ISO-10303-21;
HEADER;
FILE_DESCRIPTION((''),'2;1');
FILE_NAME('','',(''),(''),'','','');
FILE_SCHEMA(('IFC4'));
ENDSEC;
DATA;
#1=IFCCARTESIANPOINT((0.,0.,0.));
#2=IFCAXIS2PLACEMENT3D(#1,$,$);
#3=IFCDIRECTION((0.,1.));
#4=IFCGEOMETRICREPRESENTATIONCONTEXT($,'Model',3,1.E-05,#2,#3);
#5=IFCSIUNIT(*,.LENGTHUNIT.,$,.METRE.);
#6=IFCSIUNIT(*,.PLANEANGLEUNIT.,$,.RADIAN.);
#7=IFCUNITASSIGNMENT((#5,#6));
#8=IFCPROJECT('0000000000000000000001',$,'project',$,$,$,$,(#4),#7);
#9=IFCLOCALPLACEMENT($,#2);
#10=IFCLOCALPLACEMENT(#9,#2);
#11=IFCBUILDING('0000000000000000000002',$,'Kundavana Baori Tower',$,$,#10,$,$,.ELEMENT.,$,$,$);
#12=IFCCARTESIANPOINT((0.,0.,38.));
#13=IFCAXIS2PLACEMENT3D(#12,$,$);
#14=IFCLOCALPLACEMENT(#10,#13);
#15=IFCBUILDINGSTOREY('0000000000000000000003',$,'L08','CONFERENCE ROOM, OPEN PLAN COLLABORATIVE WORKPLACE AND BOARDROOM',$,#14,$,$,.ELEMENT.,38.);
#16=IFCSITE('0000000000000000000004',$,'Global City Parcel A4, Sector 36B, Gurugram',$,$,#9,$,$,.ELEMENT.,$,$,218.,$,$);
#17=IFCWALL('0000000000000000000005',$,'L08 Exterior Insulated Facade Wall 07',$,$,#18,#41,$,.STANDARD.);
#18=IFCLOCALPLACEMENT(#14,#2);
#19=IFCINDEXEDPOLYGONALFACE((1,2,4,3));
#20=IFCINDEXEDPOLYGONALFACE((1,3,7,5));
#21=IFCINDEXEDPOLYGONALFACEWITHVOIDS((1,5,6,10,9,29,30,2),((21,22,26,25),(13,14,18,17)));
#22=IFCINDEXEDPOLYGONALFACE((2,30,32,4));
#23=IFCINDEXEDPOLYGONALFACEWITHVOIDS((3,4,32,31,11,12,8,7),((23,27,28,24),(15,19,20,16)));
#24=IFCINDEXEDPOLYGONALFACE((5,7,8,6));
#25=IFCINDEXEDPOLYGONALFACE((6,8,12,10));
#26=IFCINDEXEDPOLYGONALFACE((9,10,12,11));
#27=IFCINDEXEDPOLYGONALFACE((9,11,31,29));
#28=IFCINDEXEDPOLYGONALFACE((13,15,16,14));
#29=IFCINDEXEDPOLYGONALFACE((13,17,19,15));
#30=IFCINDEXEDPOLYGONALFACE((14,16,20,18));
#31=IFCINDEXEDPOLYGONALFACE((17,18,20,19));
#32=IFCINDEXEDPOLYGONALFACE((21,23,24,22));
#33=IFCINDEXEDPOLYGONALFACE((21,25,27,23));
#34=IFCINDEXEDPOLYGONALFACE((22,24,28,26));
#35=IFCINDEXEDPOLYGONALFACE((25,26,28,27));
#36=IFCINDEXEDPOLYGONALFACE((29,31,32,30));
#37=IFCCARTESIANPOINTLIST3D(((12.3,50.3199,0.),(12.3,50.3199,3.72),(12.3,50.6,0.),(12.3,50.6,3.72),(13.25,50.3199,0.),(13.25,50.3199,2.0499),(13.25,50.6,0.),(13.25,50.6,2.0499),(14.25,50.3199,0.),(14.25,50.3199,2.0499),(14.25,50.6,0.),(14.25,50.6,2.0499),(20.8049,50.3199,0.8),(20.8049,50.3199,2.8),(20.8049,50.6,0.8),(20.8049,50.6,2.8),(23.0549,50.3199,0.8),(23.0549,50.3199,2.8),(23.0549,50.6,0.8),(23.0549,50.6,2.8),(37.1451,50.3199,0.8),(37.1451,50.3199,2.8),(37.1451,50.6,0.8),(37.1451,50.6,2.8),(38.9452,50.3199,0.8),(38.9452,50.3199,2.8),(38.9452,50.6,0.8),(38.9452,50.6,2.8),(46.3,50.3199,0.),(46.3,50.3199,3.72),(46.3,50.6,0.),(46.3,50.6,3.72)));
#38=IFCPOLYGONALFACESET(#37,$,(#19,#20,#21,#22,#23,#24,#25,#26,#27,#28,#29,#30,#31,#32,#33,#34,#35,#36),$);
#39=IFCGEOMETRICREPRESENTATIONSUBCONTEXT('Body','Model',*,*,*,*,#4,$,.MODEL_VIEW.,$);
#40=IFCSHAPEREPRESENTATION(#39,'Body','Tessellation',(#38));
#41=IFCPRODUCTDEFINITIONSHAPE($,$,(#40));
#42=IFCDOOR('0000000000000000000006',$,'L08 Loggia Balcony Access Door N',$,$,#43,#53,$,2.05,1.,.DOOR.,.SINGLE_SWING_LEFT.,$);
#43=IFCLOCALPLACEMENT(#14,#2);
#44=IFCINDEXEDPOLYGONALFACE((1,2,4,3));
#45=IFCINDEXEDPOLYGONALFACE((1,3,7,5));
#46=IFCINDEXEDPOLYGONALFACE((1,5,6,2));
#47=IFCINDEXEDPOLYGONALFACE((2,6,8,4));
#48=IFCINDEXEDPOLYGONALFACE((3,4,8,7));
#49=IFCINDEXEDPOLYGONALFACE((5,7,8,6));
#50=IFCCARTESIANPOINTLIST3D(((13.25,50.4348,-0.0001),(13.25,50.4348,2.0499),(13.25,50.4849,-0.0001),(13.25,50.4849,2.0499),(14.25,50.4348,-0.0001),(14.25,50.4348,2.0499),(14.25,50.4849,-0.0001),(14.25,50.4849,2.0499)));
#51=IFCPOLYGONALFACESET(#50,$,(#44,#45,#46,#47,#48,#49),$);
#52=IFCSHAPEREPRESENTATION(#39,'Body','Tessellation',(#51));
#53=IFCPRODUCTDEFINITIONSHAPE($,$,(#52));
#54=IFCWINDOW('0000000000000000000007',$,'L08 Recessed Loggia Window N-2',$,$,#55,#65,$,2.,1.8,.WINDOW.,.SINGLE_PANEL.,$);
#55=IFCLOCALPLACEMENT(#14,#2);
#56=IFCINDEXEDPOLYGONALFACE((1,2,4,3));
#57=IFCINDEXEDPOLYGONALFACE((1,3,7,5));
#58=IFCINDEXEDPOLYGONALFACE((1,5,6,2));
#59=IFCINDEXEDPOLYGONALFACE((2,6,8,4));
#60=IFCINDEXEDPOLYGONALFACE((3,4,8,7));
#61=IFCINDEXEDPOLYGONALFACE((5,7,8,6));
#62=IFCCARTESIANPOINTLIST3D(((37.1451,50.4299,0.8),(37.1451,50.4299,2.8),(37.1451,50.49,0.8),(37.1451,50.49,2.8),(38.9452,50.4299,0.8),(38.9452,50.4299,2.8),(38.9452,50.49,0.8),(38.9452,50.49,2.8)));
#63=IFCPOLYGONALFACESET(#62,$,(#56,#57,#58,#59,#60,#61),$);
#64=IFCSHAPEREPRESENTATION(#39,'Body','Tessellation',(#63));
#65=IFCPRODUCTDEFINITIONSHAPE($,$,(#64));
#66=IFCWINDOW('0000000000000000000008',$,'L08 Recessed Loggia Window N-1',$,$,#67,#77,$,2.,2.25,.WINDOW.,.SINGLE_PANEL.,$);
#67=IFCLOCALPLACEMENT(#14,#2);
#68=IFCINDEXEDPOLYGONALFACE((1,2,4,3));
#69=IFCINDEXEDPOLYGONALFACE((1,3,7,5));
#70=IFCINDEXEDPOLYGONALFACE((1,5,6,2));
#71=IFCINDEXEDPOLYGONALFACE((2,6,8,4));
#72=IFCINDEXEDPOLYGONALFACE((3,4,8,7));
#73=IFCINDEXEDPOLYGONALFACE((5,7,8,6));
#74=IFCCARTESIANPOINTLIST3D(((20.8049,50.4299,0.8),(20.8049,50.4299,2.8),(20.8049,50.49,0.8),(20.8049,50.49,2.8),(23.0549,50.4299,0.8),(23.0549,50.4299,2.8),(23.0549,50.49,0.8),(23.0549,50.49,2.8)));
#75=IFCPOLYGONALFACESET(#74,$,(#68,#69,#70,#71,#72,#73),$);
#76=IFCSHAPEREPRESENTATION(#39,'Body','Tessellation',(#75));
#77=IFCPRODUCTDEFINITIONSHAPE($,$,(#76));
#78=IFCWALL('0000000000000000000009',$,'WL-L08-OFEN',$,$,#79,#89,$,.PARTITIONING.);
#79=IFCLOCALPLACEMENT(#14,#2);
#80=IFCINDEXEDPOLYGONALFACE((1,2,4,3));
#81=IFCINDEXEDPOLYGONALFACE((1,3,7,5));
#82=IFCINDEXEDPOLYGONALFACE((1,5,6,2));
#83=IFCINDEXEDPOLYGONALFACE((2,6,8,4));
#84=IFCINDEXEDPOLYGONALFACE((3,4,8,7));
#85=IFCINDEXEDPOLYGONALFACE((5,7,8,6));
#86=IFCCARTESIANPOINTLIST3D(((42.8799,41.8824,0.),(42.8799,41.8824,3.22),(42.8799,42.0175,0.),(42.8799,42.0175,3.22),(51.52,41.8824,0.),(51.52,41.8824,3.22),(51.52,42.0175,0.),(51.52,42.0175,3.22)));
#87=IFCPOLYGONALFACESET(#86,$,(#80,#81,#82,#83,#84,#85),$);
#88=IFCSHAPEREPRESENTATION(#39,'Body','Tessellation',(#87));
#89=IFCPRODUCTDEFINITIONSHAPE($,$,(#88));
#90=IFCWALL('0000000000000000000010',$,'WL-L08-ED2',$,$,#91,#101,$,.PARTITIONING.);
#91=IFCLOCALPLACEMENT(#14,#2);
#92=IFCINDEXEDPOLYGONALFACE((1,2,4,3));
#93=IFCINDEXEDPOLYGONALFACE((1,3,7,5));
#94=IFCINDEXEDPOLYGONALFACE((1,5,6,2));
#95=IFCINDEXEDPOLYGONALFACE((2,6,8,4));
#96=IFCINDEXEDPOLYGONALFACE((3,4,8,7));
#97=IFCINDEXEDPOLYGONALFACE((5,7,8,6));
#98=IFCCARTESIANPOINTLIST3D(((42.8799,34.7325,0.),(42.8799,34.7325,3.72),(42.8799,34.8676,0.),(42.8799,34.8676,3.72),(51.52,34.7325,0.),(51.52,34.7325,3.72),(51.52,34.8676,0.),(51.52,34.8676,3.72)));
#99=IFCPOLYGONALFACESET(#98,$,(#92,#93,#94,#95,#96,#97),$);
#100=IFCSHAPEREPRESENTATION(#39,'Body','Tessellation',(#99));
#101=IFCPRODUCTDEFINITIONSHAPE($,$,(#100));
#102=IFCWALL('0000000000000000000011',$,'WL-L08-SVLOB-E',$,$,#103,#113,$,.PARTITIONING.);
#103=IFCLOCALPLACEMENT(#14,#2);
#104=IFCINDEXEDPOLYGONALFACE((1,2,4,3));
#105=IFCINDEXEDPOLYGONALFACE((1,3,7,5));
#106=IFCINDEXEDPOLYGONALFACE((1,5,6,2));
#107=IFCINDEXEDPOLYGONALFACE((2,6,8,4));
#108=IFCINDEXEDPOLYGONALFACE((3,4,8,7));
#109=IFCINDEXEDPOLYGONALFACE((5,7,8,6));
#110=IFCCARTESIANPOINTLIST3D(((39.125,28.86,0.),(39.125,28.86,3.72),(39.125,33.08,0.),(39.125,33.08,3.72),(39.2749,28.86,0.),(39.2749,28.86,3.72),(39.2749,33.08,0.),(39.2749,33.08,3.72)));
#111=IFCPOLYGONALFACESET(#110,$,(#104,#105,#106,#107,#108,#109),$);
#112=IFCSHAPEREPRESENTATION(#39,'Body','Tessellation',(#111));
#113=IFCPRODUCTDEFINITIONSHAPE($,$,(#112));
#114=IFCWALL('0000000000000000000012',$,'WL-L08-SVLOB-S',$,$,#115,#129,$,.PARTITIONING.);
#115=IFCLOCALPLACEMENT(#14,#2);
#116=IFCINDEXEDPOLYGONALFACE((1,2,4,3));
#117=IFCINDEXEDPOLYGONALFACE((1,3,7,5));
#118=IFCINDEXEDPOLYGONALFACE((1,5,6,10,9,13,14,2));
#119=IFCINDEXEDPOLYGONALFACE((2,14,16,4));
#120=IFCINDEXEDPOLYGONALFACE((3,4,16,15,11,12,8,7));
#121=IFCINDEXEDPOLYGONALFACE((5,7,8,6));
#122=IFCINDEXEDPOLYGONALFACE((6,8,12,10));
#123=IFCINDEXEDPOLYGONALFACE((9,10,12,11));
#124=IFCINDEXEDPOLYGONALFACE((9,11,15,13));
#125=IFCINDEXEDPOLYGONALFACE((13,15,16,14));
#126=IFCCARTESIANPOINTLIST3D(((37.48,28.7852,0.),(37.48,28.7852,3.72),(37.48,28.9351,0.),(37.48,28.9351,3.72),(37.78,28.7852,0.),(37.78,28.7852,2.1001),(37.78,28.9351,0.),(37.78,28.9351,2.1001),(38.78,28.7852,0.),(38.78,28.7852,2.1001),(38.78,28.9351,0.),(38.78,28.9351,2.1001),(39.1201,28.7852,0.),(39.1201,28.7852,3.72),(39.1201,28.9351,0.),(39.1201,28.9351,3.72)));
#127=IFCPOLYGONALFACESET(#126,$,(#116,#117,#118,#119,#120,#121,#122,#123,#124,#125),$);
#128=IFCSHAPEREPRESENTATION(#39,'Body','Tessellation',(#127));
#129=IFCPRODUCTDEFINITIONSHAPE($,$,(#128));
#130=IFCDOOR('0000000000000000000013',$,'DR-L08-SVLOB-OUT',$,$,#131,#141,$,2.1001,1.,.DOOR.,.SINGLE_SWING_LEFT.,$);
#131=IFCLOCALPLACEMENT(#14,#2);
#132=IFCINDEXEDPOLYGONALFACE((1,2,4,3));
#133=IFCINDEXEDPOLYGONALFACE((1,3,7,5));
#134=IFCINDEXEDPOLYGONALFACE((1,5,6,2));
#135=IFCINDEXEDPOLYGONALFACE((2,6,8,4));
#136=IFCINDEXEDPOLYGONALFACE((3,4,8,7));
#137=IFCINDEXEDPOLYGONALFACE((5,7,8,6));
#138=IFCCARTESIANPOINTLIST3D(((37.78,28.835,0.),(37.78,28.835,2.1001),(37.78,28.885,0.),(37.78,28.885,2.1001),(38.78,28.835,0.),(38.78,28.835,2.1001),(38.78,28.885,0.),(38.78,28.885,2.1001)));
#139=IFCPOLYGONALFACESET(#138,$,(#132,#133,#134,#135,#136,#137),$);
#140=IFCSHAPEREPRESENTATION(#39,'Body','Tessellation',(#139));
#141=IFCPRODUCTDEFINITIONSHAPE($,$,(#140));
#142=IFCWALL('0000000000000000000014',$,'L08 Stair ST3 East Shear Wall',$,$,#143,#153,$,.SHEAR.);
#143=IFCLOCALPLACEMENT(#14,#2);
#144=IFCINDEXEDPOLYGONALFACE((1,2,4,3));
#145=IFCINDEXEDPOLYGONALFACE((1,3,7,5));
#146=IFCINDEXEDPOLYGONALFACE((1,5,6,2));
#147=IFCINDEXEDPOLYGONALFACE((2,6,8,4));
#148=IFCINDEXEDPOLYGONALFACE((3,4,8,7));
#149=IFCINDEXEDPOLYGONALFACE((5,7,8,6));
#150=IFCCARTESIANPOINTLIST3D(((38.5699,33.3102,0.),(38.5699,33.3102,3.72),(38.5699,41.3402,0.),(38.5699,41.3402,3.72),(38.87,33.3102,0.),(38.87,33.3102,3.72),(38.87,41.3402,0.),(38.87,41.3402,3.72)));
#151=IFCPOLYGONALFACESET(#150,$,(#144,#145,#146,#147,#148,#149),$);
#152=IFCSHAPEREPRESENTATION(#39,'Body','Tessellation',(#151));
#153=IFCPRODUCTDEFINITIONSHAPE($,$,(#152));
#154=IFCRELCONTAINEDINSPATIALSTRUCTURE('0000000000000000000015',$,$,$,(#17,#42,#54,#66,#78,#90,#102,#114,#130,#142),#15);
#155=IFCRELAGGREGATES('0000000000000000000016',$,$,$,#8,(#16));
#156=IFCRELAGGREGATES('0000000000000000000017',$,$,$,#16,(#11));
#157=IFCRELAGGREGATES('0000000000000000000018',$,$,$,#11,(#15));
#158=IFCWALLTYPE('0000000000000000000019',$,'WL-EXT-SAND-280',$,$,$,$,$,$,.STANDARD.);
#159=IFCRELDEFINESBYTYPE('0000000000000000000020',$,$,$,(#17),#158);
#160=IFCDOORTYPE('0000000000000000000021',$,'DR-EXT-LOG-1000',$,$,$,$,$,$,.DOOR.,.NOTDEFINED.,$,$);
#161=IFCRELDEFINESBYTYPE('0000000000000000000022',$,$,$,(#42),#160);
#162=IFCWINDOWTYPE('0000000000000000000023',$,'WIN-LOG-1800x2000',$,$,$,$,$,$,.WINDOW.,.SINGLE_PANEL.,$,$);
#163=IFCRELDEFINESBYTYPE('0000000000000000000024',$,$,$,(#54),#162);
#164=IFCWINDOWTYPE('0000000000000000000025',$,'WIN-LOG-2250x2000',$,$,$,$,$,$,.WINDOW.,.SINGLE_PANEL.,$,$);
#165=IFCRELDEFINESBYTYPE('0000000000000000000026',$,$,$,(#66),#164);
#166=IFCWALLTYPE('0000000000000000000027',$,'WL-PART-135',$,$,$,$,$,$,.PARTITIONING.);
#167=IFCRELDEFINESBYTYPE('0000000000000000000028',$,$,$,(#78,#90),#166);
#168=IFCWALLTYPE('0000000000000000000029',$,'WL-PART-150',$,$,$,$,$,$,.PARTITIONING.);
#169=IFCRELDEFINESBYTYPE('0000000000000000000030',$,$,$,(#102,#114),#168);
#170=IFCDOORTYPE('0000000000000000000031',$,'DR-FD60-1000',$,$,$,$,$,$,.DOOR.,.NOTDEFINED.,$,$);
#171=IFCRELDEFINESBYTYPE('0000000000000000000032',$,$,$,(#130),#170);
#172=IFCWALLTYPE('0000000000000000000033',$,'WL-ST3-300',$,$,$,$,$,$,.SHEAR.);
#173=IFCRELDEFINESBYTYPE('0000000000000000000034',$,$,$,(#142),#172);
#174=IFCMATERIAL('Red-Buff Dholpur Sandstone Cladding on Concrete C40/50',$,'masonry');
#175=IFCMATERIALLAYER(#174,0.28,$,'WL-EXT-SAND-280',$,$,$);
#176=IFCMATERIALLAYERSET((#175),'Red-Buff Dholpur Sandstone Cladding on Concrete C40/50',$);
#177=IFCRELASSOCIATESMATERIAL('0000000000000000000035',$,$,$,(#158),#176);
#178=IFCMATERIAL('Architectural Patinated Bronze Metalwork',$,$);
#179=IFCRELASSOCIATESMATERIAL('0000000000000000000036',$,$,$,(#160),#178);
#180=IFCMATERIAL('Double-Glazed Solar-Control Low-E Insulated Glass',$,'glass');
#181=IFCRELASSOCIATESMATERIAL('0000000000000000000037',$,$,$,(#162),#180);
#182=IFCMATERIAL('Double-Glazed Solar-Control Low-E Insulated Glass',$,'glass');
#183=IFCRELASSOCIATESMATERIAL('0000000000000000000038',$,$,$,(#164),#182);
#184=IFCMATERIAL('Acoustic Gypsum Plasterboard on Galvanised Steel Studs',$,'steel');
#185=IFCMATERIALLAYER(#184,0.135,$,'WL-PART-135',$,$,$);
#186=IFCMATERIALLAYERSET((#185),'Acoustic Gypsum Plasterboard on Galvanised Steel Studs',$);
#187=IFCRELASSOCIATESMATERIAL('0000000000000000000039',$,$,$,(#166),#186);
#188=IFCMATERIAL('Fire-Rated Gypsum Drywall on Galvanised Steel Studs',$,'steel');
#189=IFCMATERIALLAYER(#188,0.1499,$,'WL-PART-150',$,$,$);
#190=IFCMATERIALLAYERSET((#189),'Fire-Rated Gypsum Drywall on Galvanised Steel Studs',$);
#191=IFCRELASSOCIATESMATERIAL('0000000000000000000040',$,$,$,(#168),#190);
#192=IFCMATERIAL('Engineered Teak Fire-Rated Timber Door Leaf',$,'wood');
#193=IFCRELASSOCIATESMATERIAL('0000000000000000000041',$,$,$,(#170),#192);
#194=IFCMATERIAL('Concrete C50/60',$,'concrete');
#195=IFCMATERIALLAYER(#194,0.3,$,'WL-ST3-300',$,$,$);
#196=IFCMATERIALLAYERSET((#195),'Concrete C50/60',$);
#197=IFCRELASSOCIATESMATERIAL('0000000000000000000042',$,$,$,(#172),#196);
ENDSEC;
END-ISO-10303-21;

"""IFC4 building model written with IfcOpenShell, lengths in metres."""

from ifc_helpers import new_model, si_unit, direction, frame, frame_2d, origin, place, context, subcontext, project, spatial, rectangle, extrude, material, layer, layer_set, type_object, element, fill, save


model = new_model("IFC4")

# Units and contexts
model_context = context("Model", 3, precision=1e-05, world=origin(), true_north=direction((0.0, 1.0)))
body_context = subcontext(model_context, "Body", "Model", "MODEL_VIEW")
ifc_project = project(units=[si_unit("LENGTHUNIT", "METRE"), si_unit("PLANEANGLEUNIT", "RADIAN")], contexts=[model_context])

# Site, building, storey
site_placement = place(None, origin())
site = spatial("IfcSite", under=ifc_project, at=site_placement, Name="Global City Parcel A4, Sector 36B, Gurugram", CompositionType="ELEMENT", RefElevation=218.0)
building_placement = place(site_placement, origin())
building = spatial("IfcBuilding", under=site, at=building_placement, Name="Kundavana Baori Tower", CompositionType="ELEMENT")
storey_placement = place(building_placement, frame((0.0, 0.0, 38.0)))
storey = spatial("IfcBuildingStorey", under=building, at=storey_placement, Name="L08", Description="CONFERENCE ROOM, OPEN PLAN COLLABORATIVE WORKPLACE AND BOARDROOM", CompositionType="ELEMENT", Elevation=38.0)

# Shared definitions
ifc_material_1 = material(Name="Red-Buff Dholpur Sandstone Cladding on Concrete C40/50", Category="masonry")
ifc_layer_1 = layer(ifc_material_1, 0.28, Name="WL-EXT-SAND-280")
ifc_layer_set_1 = layer_set([ifc_layer_1], Name="Red-Buff Dholpur Sandstone Cladding on Concrete C40/50")
wall_type_1 = type_object("IfcWallType", Name="WL-EXT-SAND-280", PredefinedType="STANDARD", material=ifc_layer_set_1)

# Wall, openings, door, windows
wall_1_placement = place(storey_placement, frame((46.3, 50.46, 0.0), z_axis=(0.0, 0.0, 1.0), x_axis=(-1.0, 0.0, 0.0)))
wall_1 = element("IfcWall", 1, at=wall_1_placement, inside=storey, type_object=wall_type_1, Name="L08 Exterior Insulated Facade Wall 07", PredefinedType="STANDARD", context=body_context, shape_type="SweptSolid", body=[
    extrude(rectangle(XDim=34.0, YDim=0.28, at=frame_2d((17.0, 0.0))), origin(), (0.0, 0.0, 1.0), 3.72),
])
opening_1_placement = place(wall_1_placement, frame((32.05, 0.0, 0.0)))
opening_1 = element("IfcOpeningElement", 2, at=opening_1_placement, cuts=wall_1, PredefinedType="OPENING", context=body_context, shape_type="SweptSolid", body=[
    extrude(rectangle(XDim=1.0, YDim=2.05, at=frame_2d((0.5, 1.0249))), frame((0.0, 0.1499, 0.0), z_axis=(0.0, -1.0, 0.0), x_axis=(1.0, 0.0, 0.0)), (0.0, 0.0, 1.0), 0.3),
])
opening_2_placement = place(wall_1_placement, frame((23.2451, 0.0, 0.8)))
opening_2 = element("IfcOpeningElement", 3, at=opening_2_placement, cuts=wall_1, PredefinedType="OPENING", context=body_context, shape_type="SweptSolid", body=[
    extrude(rectangle(XDim=2.25, YDim=2.0, at=frame_2d((1.125, 1.0))), frame((0.0, 0.1499, 0.0), z_axis=(0.0, -1.0, 0.0), x_axis=(1.0, 0.0, 0.0)), (0.0, 0.0, 1.0), 0.3),
])
opening_3_placement = place(wall_1_placement, frame((7.355, 0.0, 0.8)))
opening_3 = element("IfcOpeningElement", 4, at=opening_3_placement, cuts=wall_1, PredefinedType="OPENING", context=body_context, shape_type="SweptSolid", body=[
    extrude(rectangle(XDim=1.8, YDim=2.0, at=frame_2d((0.8999, 1.0))), frame((0.0, 0.1499, 0.0), z_axis=(0.0, -1.0, 0.0), x_axis=(1.0, 0.0, 0.0)), (0.0, 0.0, 1.0), 0.3),
])
ifc_material_2 = material(Name="Architectural Patinated Bronze Metalwork")
door_type_1 = type_object("IfcDoorType", Name="DR-EXT-LOG-1000", OperationType="NOTDEFINED", PredefinedType="DOOR", material=ifc_material_2)
door_1_placement = place(opening_1_placement, frame((1.0, 0.0, 0.0), z_axis=(0.0, 0.0, 1.0), x_axis=(-1.0, 0.0, 0.0)))
door_1 = element("IfcDoor", 5, at=door_1_placement, inside=storey, type_object=door_type_1, Name="L08 Loggia Balcony Access Door N", OperationType="SINGLE_SWING_LEFT", OverallHeight=2.05, OverallWidth=1.0, PredefinedType="DOOR", context=body_context, shape_type="SweptSolid", body=[
    extrude(rectangle(XDim=1.0, YDim=2.05, at=frame_2d((0.5, 1.0249))), frame((0.0, 0.0249, 0.0), z_axis=(0.0, -1.0, 0.0), x_axis=(1.0, 0.0, 0.0)), (0.0, 0.0, 1.0), 0.05),
])
fill(opening_1, door_1)
ifc_material_3 = material(Name="Double-Glazed Solar-Control Low-E Insulated Glass", Category="glass")
window_type_1 = type_object("IfcWindowType", Name="WIN-LOG-1800x2000", PartitioningType="SINGLE_PANEL", PredefinedType="WINDOW", material=ifc_material_3)
window_1_placement = place(opening_3_placement, origin())
window_1 = element("IfcWindow", 6, at=window_1_placement, inside=storey, type_object=window_type_1, Name="L08 Recessed Loggia Window N-2", OverallHeight=2.0, OverallWidth=1.8, PartitioningType="SINGLE_PANEL", PredefinedType="WINDOW", context=body_context, shape_type="SweptSolid", body=[
    extrude(rectangle(XDim=1.8, YDim=2.0, at=frame_2d((0.8999, 1.0))), frame((0.0, 0.03, 0.0), z_axis=(0.0, -1.0, 0.0), x_axis=(1.0, 0.0, 0.0)), (0.0, 0.0, 1.0), 0.0601),
])
fill(opening_3, window_1)
ifc_material_4 = material(Name="Double-Glazed Solar-Control Low-E Insulated Glass", Category="glass")
window_type_2 = type_object("IfcWindowType", Name="WIN-LOG-2250x2000", PartitioningType="SINGLE_PANEL", PredefinedType="WINDOW", material=ifc_material_4)
window_2_placement = place(opening_2_placement, origin())
window_2 = element("IfcWindow", 7, at=window_2_placement, inside=storey, type_object=window_type_2, Name="L08 Recessed Loggia Window N-1", OverallHeight=2.0, OverallWidth=2.25, PartitioningType="SINGLE_PANEL", PredefinedType="WINDOW", context=body_context, shape_type="SweptSolid", body=[
    extrude(rectangle(XDim=2.25, YDim=2.0, at=frame_2d((1.125, 1.0))), frame((0.0, 0.03, 0.0), z_axis=(0.0, -1.0, 0.0), x_axis=(1.0, 0.0, 0.0)), (0.0, 0.0, 1.0), 0.0601),
])
fill(opening_2, window_2)

# Walls
ifc_material_5 = material(Name="Acoustic Gypsum Plasterboard on Galvanised Steel Studs", Category="steel")
ifc_layer_2 = layer(ifc_material_5, 0.135, Name="WL-PART-135")
ifc_layer_set_2 = layer_set([ifc_layer_2], Name="Acoustic Gypsum Plasterboard on Galvanised Steel Studs")
wall_type_2 = type_object("IfcWallType", Name="WL-PART-135", PredefinedType="PARTITIONING", material=ifc_layer_set_2)
wall_2_placement = place(storey_placement, frame((42.8799, 41.95, 0.0), z_axis=(0.0, 0.0, 1.0), x_axis=(1.0, 0.0, 0.0)))
element("IfcWall", 8, at=wall_2_placement, inside=storey, type_object=wall_type_2, Name="WL-L08-OFEN", PredefinedType="PARTITIONING", context=body_context, shape_type="SweptSolid", body=[
    extrude(rectangle(XDim=8.6401, YDim=0.135, at=frame_2d((4.3201, 0.0))), origin(), (0.0, 0.0, 1.0), 3.22),
])
wall_3_placement = place(storey_placement, frame((42.8799, 34.8, 0.0), z_axis=(0.0, 0.0, 1.0), x_axis=(1.0, 0.0, 0.0)))
element("IfcWall", 9, at=wall_3_placement, inside=storey, type_object=wall_type_2, Name="WL-L08-ED2", PredefinedType="PARTITIONING", context=body_context, shape_type="SweptSolid", body=[
    extrude(rectangle(XDim=8.6401, YDim=0.135, at=frame_2d((4.3201, 0.0))), origin(), (0.0, 0.0, 1.0), 3.72),
])
ifc_material_6 = material(Name="Fire-Rated Gypsum Drywall on Galvanised Steel Studs", Category="steel")
ifc_layer_3 = layer(ifc_material_6, 0.1499, Name="WL-PART-150")
ifc_layer_set_3 = layer_set([ifc_layer_3], Name="Fire-Rated Gypsum Drywall on Galvanised Steel Studs")
wall_type_3 = type_object("IfcWallType", Name="WL-PART-150", PredefinedType="PARTITIONING", material=ifc_layer_set_3)
wall_4_placement = place(storey_placement, frame((39.2, 28.8601, 0.0), z_axis=(0.0, 0.0, 1.0), x_axis=(0.0, 1.0, 0.0)))
element("IfcWall", 10, at=wall_4_placement, inside=storey, type_object=wall_type_3, Name="WL-L08-SVLOB-E", PredefinedType="PARTITIONING", context=body_context, shape_type="SweptSolid", body=[
    extrude(rectangle(XDim=4.22, YDim=0.1499, at=frame_2d((2.1099, 0.0))), origin(), (0.0, 0.0, 1.0), 3.72),
])

# Wall, opening, door
wall_5_placement = place(storey_placement, frame((37.48, 28.8601, 0.0), z_axis=(0.0, 0.0, 1.0), x_axis=(1.0, 0.0, 0.0)))
wall_5 = element("IfcWall", 11, at=wall_5_placement, inside=storey, type_object=wall_type_3, Name="WL-L08-SVLOB-S", PredefinedType="PARTITIONING", context=body_context, shape_type="SweptSolid", body=[
    extrude(rectangle(XDim=1.6401, YDim=0.1499, at=frame_2d((0.8201, 0.0))), origin(), (0.0, 0.0, 1.0), 3.72),
])
opening_4_placement = place(wall_5_placement, frame((0.3, 0.0, 0.0)))
opening_4 = element("IfcOpeningElement", 12, at=opening_4_placement, cuts=wall_5, PredefinedType="OPENING", context=body_context, shape_type="SweptSolid", body=[
    extrude(rectangle(XDim=1.0, YDim=2.1001, at=frame_2d((0.5, 1.05))), frame((0.0, 0.085, 0.0), z_axis=(0.0, -1.0, 0.0), x_axis=(1.0, 0.0, 0.0)), (0.0, 0.0, 1.0), 0.1699),
])
ifc_material_7 = material(Name="Engineered Teak Fire-Rated Timber Door Leaf", Category="wood")
door_type_2 = type_object("IfcDoorType", Name="DR-FD60-1000", OperationType="NOTDEFINED", PredefinedType="DOOR", material=ifc_material_7)
door_2_placement = place(opening_4_placement, origin())
door_2 = element("IfcDoor", 13, at=door_2_placement, inside=storey, type_object=door_type_2, Name="DR-L08-SVLOB-OUT", OperationType="SINGLE_SWING_LEFT", OverallHeight=2.1001, OverallWidth=1.0, PredefinedType="DOOR", context=body_context, shape_type="SweptSolid", body=[
    extrude(rectangle(XDim=1.0, YDim=2.1001, at=frame_2d((0.5, 1.05))), frame((0.0, 0.0249, 0.0), z_axis=(0.0, -1.0, 0.0), x_axis=(1.0, 0.0, 0.0)), (0.0, 0.0, 1.0), 0.05),
])
fill(opening_4, door_2)

# Wall
ifc_material_8 = material(Name="Concrete C50/60", Category="concrete")
ifc_layer_4 = layer(ifc_material_8, 0.3, Name="WL-ST3-300")
ifc_layer_set_4 = layer_set([ifc_layer_4], Name="Concrete C50/60")
wall_type_4 = type_object("IfcWallType", Name="WL-ST3-300", PredefinedType="SHEAR", material=ifc_layer_set_4)
wall_6_placement = place(storey_placement, frame((38.72, 33.3101, 0.0), z_axis=(0.0, 0.0, 1.0), x_axis=(0.0, 1.0, 0.0)))
element("IfcWall", 14, at=wall_6_placement, inside=storey, type_object=wall_type_4, Name="L08 Stair ST3 East Shear Wall", PredefinedType="SHEAR", context=body_context, shape_type="SweptSolid", body=[
    extrude(rectangle(XDim=8.03, YDim=0.3, at=frame_2d((4.0151, 0.0))), origin(), (0.0, 0.0, 1.0), 3.72),
])

save(model, "model.ifc")
